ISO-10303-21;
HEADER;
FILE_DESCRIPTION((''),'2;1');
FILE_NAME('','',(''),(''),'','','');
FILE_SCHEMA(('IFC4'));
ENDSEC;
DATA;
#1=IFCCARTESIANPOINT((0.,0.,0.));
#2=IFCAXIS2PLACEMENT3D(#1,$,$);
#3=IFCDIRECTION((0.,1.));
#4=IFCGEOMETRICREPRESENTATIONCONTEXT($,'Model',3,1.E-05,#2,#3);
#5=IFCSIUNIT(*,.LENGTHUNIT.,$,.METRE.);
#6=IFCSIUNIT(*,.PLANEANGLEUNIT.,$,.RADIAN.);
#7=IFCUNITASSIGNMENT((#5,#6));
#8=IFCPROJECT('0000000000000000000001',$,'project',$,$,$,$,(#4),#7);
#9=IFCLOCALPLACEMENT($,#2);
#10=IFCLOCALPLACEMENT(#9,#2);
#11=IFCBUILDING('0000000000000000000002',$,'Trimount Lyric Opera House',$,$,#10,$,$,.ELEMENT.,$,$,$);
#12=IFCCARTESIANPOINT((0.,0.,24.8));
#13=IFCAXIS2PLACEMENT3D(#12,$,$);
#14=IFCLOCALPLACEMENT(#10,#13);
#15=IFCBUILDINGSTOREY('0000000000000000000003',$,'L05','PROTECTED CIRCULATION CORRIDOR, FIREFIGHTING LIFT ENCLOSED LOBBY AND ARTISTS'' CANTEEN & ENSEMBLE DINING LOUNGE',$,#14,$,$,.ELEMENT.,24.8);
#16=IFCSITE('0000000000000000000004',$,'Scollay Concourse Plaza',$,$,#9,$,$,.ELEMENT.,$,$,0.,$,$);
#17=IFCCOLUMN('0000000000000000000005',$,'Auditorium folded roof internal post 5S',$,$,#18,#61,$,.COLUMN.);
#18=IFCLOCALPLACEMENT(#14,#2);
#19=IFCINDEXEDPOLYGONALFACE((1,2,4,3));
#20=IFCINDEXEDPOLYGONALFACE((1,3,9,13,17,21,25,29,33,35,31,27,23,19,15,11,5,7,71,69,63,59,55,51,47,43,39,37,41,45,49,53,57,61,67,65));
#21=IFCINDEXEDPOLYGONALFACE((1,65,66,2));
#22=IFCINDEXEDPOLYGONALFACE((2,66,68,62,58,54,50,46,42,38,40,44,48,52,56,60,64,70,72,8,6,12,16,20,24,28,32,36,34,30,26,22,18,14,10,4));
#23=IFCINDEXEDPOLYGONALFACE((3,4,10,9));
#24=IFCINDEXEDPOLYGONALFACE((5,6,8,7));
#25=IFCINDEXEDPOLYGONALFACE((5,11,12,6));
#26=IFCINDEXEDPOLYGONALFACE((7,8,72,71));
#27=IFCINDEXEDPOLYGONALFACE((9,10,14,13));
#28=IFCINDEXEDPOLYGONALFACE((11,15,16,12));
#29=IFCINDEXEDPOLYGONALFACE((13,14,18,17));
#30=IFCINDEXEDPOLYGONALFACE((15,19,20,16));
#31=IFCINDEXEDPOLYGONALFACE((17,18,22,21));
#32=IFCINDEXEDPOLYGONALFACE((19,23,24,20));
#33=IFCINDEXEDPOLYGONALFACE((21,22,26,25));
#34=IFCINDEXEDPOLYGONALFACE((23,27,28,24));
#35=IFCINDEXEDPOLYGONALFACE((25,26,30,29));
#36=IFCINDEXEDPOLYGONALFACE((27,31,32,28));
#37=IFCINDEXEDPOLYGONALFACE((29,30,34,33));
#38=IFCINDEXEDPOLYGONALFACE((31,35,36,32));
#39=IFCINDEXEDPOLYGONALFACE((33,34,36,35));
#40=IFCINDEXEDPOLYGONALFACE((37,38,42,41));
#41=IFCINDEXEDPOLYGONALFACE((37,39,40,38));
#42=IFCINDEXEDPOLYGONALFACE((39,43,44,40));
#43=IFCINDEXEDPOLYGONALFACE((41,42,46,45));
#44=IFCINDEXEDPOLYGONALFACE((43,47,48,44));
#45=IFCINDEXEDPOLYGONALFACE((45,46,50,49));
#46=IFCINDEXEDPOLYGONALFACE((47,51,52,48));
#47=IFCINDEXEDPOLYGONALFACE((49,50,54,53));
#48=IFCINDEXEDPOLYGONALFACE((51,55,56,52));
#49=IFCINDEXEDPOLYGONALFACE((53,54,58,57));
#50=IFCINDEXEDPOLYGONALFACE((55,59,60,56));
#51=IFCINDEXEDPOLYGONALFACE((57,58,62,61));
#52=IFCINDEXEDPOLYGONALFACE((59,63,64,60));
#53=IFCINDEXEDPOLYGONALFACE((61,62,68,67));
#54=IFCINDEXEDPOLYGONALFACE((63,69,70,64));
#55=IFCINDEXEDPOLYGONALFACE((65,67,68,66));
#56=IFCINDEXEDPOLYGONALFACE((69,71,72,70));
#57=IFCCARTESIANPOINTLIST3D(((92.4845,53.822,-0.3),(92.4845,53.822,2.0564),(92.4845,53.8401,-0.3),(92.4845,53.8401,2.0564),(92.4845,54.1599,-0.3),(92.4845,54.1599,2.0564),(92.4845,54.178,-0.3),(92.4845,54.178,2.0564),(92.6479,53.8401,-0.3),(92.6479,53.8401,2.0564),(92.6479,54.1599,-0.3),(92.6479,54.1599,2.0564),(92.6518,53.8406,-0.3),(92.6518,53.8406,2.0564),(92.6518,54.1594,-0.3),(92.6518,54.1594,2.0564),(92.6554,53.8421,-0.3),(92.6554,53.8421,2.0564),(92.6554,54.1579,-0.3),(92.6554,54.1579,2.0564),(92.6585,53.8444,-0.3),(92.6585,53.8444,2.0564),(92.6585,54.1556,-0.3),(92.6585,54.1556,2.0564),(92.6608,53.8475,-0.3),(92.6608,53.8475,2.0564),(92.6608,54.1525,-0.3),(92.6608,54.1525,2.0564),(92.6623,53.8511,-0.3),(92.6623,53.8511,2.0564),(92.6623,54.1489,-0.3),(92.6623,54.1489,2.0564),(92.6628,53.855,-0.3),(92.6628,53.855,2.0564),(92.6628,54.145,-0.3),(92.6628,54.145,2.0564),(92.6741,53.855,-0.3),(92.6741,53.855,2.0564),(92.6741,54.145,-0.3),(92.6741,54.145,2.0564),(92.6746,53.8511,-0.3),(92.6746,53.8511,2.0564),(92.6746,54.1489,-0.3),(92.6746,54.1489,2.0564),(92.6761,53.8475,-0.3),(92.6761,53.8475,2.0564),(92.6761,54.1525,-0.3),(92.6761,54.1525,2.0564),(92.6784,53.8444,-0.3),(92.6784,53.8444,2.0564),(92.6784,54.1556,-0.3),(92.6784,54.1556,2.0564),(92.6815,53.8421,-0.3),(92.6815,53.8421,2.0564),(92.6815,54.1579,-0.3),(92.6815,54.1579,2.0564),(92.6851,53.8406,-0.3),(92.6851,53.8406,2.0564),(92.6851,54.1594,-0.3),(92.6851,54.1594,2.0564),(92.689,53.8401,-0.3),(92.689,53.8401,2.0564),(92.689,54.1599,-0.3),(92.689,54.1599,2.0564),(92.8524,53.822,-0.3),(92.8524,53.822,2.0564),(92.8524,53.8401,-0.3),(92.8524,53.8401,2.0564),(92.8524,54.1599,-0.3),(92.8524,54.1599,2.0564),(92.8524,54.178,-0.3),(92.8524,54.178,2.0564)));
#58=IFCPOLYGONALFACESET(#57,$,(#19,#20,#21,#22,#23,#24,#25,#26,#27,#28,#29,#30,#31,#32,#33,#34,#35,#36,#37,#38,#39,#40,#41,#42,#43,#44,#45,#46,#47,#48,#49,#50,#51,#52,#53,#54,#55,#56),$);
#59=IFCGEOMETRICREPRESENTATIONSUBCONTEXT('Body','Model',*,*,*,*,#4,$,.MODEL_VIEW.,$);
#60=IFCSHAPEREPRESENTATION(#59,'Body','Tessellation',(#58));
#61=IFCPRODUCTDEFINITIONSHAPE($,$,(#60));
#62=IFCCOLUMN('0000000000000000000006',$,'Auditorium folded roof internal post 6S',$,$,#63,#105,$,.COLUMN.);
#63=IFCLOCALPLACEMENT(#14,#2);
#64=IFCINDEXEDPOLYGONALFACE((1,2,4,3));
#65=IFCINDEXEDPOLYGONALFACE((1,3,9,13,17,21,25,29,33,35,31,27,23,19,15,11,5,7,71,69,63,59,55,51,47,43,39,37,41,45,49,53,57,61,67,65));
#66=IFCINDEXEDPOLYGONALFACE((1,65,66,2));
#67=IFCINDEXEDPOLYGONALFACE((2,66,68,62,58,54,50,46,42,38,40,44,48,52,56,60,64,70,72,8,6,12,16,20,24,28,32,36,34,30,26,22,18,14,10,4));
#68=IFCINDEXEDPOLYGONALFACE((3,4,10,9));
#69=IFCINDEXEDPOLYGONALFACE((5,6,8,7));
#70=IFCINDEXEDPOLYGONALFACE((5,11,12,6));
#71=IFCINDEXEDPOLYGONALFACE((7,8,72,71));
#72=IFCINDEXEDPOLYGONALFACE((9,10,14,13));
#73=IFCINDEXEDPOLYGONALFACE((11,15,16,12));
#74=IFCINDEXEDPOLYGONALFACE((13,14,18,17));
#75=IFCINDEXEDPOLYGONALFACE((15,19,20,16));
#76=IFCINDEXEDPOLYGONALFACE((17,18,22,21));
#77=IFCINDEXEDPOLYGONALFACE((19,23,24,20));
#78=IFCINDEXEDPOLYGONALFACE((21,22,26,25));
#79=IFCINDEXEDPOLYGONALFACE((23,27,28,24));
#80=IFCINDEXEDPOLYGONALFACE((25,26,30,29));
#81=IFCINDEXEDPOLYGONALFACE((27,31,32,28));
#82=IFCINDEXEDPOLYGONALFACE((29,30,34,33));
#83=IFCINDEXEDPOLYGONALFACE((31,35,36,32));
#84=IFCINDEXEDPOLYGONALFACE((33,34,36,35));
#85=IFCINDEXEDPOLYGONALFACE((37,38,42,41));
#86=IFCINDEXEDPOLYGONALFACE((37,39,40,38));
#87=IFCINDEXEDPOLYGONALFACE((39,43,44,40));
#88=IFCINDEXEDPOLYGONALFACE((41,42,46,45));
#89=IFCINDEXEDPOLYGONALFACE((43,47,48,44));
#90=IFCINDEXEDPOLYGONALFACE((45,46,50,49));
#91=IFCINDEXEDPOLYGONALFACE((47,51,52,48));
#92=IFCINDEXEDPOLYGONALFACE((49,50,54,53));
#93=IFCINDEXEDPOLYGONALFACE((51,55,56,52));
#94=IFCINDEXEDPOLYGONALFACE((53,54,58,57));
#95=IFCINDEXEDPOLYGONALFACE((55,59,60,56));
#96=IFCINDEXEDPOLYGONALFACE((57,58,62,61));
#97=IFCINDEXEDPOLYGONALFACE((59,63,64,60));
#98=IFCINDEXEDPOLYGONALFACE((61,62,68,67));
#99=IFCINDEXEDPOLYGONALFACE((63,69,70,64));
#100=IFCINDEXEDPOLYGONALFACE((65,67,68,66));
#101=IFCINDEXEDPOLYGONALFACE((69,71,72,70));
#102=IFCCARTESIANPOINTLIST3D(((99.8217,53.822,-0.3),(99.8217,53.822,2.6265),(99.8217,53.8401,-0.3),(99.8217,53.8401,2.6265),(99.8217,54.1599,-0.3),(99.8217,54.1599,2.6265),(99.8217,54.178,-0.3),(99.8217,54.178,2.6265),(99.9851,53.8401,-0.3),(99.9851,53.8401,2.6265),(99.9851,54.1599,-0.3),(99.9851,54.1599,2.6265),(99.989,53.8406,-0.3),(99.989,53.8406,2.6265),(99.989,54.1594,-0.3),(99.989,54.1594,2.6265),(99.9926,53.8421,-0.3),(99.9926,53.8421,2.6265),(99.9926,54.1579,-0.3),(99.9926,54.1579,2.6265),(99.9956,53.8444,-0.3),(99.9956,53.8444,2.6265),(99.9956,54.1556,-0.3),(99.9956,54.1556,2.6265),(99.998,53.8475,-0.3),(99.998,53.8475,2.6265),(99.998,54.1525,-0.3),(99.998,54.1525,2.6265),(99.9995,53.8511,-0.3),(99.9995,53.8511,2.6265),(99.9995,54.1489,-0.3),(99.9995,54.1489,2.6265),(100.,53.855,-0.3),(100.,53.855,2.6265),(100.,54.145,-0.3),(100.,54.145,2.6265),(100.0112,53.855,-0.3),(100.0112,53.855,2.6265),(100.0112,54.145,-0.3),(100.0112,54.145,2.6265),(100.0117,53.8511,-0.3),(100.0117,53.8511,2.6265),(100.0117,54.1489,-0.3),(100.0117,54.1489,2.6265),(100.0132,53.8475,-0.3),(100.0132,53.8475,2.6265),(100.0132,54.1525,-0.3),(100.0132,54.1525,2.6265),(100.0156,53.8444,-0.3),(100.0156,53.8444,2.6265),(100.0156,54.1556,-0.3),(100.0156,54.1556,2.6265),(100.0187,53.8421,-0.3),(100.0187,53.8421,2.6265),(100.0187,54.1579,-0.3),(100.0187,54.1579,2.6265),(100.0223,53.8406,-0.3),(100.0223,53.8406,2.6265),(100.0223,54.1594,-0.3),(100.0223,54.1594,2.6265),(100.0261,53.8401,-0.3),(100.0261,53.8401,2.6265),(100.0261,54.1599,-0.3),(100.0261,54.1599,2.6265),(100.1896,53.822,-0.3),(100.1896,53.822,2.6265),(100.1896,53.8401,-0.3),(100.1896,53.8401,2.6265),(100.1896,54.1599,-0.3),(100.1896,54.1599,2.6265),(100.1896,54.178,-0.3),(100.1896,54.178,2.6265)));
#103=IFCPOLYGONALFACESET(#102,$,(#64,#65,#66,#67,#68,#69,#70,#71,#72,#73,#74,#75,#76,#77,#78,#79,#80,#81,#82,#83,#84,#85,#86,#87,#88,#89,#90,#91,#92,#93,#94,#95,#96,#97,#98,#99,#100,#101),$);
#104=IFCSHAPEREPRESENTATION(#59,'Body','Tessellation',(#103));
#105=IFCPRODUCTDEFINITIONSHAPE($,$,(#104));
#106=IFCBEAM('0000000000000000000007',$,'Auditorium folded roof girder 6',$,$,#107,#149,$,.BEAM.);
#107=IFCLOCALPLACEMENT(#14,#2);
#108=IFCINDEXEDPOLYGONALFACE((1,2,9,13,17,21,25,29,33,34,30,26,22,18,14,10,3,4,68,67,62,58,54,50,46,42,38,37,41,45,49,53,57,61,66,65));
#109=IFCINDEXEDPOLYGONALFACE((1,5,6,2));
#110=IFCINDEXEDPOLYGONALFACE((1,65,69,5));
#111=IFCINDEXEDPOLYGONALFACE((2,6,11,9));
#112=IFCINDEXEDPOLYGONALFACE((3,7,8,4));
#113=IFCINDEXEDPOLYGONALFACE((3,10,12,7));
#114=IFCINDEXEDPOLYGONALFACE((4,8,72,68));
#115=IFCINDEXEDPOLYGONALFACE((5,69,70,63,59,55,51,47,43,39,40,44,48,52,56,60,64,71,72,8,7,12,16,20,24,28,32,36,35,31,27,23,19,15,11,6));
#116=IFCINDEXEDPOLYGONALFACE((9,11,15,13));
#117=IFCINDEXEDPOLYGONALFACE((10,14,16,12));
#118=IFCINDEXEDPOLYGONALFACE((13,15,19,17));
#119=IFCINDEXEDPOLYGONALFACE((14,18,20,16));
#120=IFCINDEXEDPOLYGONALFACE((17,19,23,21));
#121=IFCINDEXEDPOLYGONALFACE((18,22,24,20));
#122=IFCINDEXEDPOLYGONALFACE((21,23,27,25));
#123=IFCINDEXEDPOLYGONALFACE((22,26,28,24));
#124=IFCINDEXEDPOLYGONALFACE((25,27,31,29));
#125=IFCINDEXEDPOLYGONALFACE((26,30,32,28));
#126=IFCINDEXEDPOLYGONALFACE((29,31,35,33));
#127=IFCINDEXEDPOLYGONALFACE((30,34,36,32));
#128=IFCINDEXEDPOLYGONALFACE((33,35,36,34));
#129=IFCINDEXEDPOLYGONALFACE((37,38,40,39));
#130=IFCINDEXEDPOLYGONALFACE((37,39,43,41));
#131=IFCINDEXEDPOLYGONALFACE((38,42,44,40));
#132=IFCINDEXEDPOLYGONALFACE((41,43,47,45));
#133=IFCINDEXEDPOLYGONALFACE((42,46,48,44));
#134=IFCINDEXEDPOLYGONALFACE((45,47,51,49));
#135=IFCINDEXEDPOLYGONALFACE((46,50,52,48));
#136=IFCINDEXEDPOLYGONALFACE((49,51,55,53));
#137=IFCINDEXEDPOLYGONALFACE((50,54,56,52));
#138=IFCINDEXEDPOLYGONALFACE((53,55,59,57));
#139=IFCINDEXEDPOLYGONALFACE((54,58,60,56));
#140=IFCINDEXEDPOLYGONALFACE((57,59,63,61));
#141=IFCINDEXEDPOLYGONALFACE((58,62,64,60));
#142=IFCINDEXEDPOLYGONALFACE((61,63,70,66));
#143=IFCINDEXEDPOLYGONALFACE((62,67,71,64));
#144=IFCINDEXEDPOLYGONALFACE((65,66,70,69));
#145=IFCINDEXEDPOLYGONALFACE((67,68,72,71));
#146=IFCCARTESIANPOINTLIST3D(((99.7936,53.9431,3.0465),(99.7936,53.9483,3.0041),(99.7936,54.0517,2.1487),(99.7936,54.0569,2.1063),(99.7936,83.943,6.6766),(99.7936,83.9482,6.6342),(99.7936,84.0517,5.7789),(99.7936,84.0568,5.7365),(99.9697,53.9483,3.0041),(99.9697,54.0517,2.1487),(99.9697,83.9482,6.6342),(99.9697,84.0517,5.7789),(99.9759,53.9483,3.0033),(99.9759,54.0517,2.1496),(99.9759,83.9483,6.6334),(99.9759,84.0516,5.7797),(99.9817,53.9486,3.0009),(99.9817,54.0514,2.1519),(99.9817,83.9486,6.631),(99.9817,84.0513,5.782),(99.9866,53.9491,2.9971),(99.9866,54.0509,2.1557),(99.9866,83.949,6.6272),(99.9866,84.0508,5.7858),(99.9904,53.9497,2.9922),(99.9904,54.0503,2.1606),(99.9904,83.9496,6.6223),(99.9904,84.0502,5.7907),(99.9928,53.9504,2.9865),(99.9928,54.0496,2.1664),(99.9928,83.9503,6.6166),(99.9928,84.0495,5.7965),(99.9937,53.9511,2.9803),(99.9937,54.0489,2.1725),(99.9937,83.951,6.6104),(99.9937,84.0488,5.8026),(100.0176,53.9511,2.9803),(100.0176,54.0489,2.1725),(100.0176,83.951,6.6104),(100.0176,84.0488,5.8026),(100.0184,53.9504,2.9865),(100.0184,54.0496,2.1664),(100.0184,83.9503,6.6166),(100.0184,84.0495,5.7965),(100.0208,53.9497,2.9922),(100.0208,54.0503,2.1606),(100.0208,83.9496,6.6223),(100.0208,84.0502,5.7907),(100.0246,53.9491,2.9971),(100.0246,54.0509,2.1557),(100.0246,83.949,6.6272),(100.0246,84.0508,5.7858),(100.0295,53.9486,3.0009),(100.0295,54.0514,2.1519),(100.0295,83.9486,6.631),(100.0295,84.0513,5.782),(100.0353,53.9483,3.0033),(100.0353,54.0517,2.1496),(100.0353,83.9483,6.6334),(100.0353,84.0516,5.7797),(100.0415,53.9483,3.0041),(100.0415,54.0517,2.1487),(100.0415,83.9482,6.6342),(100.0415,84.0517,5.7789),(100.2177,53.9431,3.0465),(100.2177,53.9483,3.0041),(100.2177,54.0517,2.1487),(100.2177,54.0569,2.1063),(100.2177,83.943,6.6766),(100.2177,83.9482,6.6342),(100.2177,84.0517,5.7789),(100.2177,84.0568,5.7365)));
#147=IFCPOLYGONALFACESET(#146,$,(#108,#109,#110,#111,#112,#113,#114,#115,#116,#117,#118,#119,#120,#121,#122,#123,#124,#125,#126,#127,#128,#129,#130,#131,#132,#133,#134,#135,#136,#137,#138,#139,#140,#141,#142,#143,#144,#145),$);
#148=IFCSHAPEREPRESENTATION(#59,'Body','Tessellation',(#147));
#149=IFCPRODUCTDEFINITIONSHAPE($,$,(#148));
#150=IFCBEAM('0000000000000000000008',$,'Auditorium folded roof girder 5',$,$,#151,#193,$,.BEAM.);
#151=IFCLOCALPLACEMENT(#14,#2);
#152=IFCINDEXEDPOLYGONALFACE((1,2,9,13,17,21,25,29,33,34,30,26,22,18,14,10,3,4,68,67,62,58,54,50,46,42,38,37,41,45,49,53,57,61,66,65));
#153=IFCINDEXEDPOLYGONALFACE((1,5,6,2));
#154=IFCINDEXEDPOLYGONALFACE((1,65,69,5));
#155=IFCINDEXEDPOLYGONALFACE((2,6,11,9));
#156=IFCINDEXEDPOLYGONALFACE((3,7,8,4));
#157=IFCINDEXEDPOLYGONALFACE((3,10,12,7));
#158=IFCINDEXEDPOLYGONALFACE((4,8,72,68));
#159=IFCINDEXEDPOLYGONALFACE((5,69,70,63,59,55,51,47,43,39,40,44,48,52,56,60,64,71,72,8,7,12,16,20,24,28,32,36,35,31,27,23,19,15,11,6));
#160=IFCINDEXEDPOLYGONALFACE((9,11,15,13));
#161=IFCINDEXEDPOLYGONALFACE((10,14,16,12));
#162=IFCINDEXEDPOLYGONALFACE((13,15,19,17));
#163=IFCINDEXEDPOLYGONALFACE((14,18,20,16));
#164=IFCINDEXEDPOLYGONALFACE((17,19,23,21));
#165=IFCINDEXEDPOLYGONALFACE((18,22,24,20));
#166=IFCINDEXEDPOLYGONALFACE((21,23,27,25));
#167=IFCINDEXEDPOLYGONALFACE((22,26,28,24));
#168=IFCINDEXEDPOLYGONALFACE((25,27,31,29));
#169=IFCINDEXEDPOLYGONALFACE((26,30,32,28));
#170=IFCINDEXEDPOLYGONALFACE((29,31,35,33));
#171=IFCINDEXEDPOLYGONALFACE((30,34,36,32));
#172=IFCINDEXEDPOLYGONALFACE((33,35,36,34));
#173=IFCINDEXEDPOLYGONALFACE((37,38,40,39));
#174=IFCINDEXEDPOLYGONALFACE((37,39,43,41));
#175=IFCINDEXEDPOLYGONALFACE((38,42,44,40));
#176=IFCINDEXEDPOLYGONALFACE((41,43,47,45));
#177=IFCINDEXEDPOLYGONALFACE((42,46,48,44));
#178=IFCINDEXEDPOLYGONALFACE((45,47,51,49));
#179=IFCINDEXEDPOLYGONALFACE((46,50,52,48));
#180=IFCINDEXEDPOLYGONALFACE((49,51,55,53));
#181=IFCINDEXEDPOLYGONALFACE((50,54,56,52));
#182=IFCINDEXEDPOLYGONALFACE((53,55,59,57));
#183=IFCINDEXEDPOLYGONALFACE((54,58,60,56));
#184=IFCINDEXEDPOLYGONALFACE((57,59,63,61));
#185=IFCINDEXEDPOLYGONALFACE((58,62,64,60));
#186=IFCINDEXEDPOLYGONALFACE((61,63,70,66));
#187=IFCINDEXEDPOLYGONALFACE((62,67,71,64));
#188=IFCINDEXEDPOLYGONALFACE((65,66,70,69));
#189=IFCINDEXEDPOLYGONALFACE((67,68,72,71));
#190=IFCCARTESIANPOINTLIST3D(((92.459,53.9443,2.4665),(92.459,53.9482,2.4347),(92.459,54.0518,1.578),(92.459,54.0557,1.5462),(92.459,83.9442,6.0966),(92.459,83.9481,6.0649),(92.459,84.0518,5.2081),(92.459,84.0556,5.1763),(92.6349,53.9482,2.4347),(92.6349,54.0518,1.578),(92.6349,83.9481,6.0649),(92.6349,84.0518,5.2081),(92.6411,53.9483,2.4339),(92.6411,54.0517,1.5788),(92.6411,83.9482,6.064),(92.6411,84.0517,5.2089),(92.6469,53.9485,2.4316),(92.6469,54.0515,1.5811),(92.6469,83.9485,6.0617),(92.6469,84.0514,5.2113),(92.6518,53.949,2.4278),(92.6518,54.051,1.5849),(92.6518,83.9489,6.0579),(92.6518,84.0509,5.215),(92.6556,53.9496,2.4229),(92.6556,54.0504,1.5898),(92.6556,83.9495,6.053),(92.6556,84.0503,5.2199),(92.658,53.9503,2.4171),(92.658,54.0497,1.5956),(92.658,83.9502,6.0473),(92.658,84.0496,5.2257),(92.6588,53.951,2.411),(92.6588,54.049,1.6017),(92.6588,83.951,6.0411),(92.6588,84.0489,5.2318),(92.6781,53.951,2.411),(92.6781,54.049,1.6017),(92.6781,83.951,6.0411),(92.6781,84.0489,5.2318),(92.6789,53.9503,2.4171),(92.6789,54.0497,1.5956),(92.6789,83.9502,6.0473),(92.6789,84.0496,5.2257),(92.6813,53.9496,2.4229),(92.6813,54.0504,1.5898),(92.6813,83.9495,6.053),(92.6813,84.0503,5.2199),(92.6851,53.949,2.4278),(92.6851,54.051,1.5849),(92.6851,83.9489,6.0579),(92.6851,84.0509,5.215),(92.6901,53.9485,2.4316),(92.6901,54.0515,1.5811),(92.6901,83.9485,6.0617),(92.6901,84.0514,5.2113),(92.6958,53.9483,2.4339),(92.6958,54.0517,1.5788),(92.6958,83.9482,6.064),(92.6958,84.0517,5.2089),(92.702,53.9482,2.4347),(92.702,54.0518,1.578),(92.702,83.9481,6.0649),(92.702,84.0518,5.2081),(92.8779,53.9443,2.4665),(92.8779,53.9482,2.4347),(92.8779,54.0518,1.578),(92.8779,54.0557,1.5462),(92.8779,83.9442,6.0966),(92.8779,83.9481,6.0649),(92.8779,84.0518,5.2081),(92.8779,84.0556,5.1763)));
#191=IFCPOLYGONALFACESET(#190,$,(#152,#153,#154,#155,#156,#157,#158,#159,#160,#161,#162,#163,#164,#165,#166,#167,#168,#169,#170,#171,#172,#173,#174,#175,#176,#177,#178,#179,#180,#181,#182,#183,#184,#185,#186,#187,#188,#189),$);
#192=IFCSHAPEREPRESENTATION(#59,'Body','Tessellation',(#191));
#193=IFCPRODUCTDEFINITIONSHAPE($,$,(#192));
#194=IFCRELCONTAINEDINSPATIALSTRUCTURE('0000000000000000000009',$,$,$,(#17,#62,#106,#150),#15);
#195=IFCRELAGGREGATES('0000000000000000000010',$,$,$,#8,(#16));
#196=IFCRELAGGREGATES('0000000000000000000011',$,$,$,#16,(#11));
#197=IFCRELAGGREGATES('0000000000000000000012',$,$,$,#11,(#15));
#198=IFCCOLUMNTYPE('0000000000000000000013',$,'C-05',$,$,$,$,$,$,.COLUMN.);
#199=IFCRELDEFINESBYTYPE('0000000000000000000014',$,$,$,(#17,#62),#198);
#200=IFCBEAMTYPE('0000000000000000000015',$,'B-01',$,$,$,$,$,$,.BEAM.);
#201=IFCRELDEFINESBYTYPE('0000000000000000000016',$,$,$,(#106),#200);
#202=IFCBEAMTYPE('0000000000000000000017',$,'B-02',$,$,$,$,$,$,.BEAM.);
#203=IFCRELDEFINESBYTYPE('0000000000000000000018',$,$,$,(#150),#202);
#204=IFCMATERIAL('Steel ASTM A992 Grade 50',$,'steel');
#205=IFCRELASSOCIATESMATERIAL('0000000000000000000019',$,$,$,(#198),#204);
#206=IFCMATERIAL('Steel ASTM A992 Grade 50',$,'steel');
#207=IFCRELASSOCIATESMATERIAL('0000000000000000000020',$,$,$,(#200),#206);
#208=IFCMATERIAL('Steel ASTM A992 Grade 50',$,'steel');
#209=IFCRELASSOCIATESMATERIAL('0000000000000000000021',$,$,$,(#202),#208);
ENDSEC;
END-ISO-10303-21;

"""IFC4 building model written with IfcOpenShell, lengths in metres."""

from ifc_helpers import new_model, si_unit, direction, frame, origin, origin_2d, place, context, subcontext, project, spatial, i_section, extrude, material, material_profile, profile_set, type_object, element, save


model = new_model("IFC4")

# Units and contexts
model_context = context("Model", 3, precision=1e-05, world=origin(), true_north=direction((0.0, 1.0)))
body_context = subcontext(model_context, "Body", "Model", "MODEL_VIEW")
ifc_project = project(units=[si_unit("LENGTHUNIT", "METRE"), si_unit("PLANEANGLEUNIT", "RADIAN")], contexts=[model_context])

# Site, building, storey
site_placement = place(None, origin())
site = spatial("IfcSite", under=ifc_project, at=site_placement, Name="Scollay Concourse Plaza", CompositionType="ELEMENT", RefElevation=0.0)
building_placement = place(site_placement, origin())
building = spatial("IfcBuilding", under=site, at=building_placement, Name="Trimount Lyric Opera House", CompositionType="ELEMENT")
storey_placement = place(building_placement, frame((0.0, 0.0, 24.8)))
storey = spatial("IfcBuildingStorey", under=building, at=storey_placement, Name="L05", Description="PROTECTED CIRCULATION CORRIDOR, FIREFIGHTING LIFT ENCLOSED LOBBY AND ARTISTS' CANTEEN & ENSEMBLE DINING LOUNGE", CompositionType="ELEMENT", Elevation=24.8)

# Columns
ifc_material_1 = material(Name="Steel ASTM A992 Grade 50", Category="steel")
ifc_material_profile_1 = material_profile(ifc_material_1, i_section(OverallWidth=0.3679, OverallDepth=0.356, WebThickness=0.0112, FlangeThickness=0.0181, FilletRadius=0.0149, at=origin_2d()), Name="W14X90")
ifc_profile_set_1 = profile_set([ifc_material_profile_1], Name="Steel ASTM A992 Grade 50")
column_type = type_object("IfcColumnType", Name="C-05", PredefinedType="COLUMN", material=ifc_profile_set_1)
column_1_placement = place(storey_placement, frame((92.6685, 54.0, -0.3), z_axis=(0.0, 0.0, 1.0), x_axis=(1.0, 0.0, 0.0)))
element("IfcColumn", 1, at=column_1_placement, inside=storey, type_object=column_type, Name="Auditorium folded roof internal post 5S", PredefinedType="COLUMN", context=body_context, shape_type="SweptSolid", body=[
    extrude(i_section(OverallWidth=0.3679, OverallDepth=0.356, WebThickness=0.0112, FlangeThickness=0.0181, FilletRadius=0.0149, at=origin_2d()), origin(), (0.0, 0.0, 1.0), 2.3564),
])
column_2_placement = place(storey_placement, frame((100.0056, 54.0, -0.3), z_axis=(0.0, 0.0, 1.0), x_axis=(1.0, 0.0, 0.0)))
element("IfcColumn", 2, at=column_2_placement, inside=storey, type_object=column_type, Name="Auditorium folded roof internal post 6S", PredefinedType="COLUMN", context=body_context, shape_type="SweptSolid", body=[
    extrude(i_section(OverallWidth=0.3679, OverallDepth=0.356, WebThickness=0.0112, FlangeThickness=0.0181, FilletRadius=0.0149, at=origin_2d()), origin(), (0.0, 0.0, 1.0), 2.9265),
])

# Beams
ifc_material_2 = material(Name="Steel ASTM A992 Grade 50", Category="steel")
ifc_material_profile_2 = material_profile(ifc_material_2, i_section(OverallWidth=0.4241, OverallDepth=0.947, WebThickness=0.0239, FlangeThickness=0.0427, FilletRadius=0.0239, at=origin_2d()), Name="W36X302")
ifc_profile_set_2 = profile_set([ifc_material_profile_2], Name="Steel ASTM A992 Grade 50")
beam_type_1 = type_object("IfcBeamType", Name="B-01", PredefinedType="BEAM", material=ifc_profile_set_2)
beam_1_placement = place(storey_placement, frame((100.0056, 54.0, 2.5764), z_axis=(0.0, 0.992758, 0.120128), x_axis=(-1.0, 0.0, 0.0)))
element("IfcBeam", 3, at=beam_1_placement, inside=storey, type_object=beam_type_1, Name="Auditorium folded roof girder 6", PredefinedType="BEAM", context=body_context, shape_type="SweptSolid", body=[
    extrude(i_section(OverallWidth=0.4241, OverallDepth=0.947, WebThickness=0.0239, FlangeThickness=0.0427, FilletRadius=0.0239, at=origin_2d()), origin(), (0.0, 0.0, 1.0), 30.2188),
])
ifc_material_3 = material(Name="Steel ASTM A992 Grade 50", Category="steel")
ifc_material_profile_3 = material_profile(ifc_material_3, i_section(OverallWidth=0.4189, OverallDepth=0.927, WebThickness=0.0193, FlangeThickness=0.032, FilletRadius=0.0239, at=origin_2d()), Name="W36X231")
ifc_profile_set_3 = profile_set([ifc_material_profile_3], Name="Steel ASTM A992 Grade 50")
beam_type_2 = type_object("IfcBeamType", Name="B-02", PredefinedType="BEAM", material=ifc_profile_set_3)
beam_2_placement = place(storey_placement, frame((92.6685, 54.0, 2.0063), z_axis=(0.0, 0.992758, 0.120128), x_axis=(-1.0, 0.0, 0.0)))
element("IfcBeam", 4, at=beam_2_placement, inside=storey, type_object=beam_type_2, Name="Auditorium folded roof girder 5", PredefinedType="BEAM", context=body_context, shape_type="SweptSolid", body=[
    extrude(i_section(OverallWidth=0.4189, OverallDepth=0.927, WebThickness=0.0193, FlangeThickness=0.032, FilletRadius=0.0239, at=origin_2d()), origin(), (0.0, 0.0, 1.0), 30.2188),
])

save(model, "model.ifc")
